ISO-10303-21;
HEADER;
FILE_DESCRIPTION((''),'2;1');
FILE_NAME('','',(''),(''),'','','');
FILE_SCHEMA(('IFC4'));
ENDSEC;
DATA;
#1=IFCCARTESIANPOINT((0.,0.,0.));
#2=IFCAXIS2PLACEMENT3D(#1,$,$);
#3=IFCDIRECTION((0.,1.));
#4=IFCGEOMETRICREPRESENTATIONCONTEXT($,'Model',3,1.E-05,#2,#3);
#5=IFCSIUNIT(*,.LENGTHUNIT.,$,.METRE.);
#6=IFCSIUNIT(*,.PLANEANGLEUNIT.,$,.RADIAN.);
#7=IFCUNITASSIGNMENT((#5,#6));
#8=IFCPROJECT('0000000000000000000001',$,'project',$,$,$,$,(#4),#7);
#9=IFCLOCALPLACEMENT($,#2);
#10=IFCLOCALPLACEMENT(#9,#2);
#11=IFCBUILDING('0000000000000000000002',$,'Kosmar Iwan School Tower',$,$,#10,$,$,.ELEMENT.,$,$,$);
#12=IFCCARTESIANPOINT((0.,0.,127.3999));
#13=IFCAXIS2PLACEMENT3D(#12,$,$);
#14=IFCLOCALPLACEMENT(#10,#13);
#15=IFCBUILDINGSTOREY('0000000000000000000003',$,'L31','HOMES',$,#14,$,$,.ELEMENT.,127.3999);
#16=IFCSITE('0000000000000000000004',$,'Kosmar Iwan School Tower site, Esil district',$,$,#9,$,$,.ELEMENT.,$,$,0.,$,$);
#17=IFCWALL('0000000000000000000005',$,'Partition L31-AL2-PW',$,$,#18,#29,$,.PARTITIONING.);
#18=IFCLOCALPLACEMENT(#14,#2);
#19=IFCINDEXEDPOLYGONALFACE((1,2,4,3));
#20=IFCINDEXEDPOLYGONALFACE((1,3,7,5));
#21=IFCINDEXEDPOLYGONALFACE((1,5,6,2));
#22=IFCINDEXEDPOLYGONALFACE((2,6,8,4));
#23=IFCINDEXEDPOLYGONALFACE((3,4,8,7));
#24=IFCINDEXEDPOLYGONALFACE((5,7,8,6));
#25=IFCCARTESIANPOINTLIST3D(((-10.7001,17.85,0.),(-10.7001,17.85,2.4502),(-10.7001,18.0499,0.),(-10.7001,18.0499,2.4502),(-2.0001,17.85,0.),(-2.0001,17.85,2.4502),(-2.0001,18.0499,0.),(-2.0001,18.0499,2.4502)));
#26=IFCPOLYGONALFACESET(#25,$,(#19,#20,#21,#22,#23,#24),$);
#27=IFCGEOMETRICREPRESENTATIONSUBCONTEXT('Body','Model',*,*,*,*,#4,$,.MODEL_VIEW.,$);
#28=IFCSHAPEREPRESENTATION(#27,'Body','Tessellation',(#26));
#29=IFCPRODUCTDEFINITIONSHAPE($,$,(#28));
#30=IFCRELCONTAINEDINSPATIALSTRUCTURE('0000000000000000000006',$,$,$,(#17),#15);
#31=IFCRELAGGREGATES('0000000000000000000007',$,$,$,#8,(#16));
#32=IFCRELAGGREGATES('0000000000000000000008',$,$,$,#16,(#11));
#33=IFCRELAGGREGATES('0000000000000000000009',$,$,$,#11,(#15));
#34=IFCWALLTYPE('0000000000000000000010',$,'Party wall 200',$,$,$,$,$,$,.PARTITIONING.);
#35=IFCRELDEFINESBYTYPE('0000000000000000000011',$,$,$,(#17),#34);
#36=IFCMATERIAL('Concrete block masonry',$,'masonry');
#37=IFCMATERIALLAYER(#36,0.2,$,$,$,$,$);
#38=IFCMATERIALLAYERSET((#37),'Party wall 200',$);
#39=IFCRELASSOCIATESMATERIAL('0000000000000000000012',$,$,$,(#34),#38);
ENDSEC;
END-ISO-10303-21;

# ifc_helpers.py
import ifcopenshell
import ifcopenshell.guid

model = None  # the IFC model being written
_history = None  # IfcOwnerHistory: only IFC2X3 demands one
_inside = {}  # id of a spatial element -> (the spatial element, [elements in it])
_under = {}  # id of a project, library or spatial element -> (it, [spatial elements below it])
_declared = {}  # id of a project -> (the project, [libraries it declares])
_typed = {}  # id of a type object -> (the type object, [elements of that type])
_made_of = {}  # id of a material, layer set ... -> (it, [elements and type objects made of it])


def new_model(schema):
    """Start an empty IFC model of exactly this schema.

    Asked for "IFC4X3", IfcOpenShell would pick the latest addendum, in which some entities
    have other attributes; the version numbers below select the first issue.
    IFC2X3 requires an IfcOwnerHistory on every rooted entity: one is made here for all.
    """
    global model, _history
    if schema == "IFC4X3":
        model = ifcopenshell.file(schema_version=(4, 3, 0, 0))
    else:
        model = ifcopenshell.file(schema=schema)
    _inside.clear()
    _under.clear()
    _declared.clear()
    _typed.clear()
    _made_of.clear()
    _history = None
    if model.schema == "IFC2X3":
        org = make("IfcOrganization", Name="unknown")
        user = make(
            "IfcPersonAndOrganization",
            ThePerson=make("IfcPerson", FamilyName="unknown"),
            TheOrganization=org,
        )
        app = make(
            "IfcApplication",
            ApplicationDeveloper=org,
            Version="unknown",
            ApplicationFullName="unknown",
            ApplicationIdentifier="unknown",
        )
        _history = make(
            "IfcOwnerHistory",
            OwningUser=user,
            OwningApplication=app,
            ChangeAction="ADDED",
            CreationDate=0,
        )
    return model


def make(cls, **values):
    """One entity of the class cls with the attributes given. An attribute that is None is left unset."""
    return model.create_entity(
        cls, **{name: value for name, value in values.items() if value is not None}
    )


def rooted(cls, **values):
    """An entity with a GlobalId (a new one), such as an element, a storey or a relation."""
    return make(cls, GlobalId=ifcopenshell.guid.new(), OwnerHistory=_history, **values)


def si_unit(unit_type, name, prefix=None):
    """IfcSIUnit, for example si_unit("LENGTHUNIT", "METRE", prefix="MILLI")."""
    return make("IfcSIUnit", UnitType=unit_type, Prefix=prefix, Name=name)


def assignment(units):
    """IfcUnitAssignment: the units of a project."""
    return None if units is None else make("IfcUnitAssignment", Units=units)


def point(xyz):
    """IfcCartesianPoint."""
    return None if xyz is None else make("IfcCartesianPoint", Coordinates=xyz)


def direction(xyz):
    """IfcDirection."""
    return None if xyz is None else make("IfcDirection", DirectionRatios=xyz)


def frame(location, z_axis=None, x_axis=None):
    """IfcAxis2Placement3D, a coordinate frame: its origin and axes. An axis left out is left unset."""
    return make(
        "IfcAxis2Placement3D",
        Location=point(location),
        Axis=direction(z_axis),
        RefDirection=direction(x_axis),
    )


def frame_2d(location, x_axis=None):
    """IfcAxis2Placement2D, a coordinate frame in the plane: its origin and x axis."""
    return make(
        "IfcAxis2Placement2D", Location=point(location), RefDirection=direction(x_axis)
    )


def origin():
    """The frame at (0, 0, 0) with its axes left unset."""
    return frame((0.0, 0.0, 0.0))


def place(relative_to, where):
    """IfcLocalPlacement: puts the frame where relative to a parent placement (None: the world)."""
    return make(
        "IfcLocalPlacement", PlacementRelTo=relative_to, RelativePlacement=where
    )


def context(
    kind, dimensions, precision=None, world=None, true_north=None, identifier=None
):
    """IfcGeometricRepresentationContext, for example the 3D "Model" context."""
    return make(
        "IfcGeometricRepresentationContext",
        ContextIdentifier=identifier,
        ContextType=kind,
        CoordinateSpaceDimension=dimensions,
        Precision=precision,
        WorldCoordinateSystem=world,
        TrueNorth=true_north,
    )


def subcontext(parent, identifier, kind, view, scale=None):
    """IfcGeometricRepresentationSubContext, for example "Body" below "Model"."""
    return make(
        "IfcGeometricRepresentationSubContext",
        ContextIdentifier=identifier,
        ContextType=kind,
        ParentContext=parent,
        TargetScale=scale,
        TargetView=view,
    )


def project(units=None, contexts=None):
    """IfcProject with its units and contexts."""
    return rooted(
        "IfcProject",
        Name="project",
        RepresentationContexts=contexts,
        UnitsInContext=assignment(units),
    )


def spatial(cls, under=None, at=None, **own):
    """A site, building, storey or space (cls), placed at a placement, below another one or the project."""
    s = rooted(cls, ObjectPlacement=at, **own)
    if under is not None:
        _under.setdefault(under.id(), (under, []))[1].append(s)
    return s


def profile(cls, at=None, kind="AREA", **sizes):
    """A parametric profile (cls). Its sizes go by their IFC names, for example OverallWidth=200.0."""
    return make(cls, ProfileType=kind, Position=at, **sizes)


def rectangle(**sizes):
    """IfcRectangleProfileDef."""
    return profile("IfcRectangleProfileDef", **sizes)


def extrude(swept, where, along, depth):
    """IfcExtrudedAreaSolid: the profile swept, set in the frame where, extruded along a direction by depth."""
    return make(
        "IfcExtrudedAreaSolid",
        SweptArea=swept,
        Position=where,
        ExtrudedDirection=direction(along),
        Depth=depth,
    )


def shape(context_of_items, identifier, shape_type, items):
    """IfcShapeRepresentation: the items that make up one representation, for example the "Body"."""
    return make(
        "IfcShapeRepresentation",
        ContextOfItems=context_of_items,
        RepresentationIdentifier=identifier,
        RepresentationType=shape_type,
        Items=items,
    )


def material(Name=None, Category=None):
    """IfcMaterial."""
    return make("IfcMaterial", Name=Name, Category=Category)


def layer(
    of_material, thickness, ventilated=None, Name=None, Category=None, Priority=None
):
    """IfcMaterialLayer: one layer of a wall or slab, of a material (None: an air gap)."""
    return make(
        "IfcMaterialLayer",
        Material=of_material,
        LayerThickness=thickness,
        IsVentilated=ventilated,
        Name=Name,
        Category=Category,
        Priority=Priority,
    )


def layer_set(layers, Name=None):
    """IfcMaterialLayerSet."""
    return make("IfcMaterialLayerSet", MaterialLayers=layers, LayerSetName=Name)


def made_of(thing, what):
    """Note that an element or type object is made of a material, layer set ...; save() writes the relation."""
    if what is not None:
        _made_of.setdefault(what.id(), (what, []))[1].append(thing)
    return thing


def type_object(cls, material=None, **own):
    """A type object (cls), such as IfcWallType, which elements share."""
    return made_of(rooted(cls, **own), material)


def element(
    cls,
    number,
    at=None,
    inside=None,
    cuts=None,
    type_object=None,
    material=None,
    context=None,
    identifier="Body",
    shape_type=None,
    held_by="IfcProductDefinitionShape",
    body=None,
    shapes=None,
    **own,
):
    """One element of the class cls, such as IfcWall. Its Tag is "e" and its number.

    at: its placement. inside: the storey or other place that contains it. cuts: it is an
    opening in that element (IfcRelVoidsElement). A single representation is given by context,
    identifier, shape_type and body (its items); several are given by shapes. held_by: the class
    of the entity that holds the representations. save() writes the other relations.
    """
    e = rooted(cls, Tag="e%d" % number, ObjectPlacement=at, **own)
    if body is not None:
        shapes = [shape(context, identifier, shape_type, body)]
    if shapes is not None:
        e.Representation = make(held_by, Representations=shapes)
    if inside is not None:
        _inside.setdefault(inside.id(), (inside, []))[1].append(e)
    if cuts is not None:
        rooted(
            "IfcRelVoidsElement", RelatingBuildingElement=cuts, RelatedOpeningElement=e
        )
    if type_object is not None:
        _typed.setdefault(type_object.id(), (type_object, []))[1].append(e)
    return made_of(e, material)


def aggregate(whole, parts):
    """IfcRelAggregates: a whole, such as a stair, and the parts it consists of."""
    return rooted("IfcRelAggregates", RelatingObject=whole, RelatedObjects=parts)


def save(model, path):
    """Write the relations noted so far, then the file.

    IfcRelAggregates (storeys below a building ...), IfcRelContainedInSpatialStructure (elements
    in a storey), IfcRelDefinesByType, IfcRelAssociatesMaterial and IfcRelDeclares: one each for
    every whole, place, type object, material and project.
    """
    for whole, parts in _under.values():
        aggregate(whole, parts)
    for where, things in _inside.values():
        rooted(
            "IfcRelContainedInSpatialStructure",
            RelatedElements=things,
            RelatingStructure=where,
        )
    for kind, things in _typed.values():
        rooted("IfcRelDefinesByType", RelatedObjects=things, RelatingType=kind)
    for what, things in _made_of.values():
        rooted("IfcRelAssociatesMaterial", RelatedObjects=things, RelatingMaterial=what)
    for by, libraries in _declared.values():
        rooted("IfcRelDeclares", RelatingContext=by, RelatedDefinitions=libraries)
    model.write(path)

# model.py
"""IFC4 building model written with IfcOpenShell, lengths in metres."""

from ifc_helpers import new_model, si_unit, direction, frame, frame_2d, origin, place, context, subcontext, project, spatial, rectangle, extrude, material, layer, layer_set, type_object, element, save


model = new_model("IFC4")

# Units and contexts
model_context = context("Model", 3, precision=1e-05, world=origin(), true_north=direction((0.0, 1.0)))
body_context = subcontext(model_context, "Body", "Model", "MODEL_VIEW")
ifc_project = project(units=[si_unit("LENGTHUNIT", "METRE"), si_unit("PLANEANGLEUNIT", "RADIAN")], contexts=[model_context])

# Site, building, storey
site_placement = place(None, origin())
site = spatial("IfcSite", under=ifc_project, at=site_placement, Name="Kosmar Iwan School Tower site, Esil district", CompositionType="ELEMENT", RefElevation=0.0)
building_placement = place(site_placement, origin())
building = spatial("IfcBuilding", under=site, at=building_placement, Name="Kosmar Iwan School Tower", CompositionType="ELEMENT")
storey_placement = place(building_placement, frame((0.0, 0.0, 127.3999)))
storey = spatial("IfcBuildingStorey", under=building, at=storey_placement, Name="L31", Description="HOMES", CompositionType="ELEMENT", Elevation=127.3999)

# Wall
ifc_material_1 = material(Name="Concrete block masonry", Category="masonry")
ifc_layer_1 = layer(ifc_material_1, 0.2)
ifc_layer_set_1 = layer_set([ifc_layer_1], Name="Party wall 200")
wall_type_1 = type_object("IfcWallType", Name="Party wall 200", PredefinedType="PARTITIONING", material=ifc_layer_set_1)
wall_1_placement = place(storey_placement, frame((-2.0, 17.95, 0.0), z_axis=(0.0, 0.0, 1.0), x_axis=(-1.0, 0.0, 0.0)))
element("IfcWall", 1, at=wall_1_placement, inside=storey, type_object=wall_type_1, Name="Partition L31-AL2-PW", PredefinedType="PARTITIONING", context=body_context, shape_type="SweptSolid", body=[
    extrude(rectangle(XDim=8.7, YDim=0.2, at=frame_2d((4.3501, 0.0))), origin(), (0.0, 0.0, 1.0), 2.4502),
])

save(model, "model.ifc")
